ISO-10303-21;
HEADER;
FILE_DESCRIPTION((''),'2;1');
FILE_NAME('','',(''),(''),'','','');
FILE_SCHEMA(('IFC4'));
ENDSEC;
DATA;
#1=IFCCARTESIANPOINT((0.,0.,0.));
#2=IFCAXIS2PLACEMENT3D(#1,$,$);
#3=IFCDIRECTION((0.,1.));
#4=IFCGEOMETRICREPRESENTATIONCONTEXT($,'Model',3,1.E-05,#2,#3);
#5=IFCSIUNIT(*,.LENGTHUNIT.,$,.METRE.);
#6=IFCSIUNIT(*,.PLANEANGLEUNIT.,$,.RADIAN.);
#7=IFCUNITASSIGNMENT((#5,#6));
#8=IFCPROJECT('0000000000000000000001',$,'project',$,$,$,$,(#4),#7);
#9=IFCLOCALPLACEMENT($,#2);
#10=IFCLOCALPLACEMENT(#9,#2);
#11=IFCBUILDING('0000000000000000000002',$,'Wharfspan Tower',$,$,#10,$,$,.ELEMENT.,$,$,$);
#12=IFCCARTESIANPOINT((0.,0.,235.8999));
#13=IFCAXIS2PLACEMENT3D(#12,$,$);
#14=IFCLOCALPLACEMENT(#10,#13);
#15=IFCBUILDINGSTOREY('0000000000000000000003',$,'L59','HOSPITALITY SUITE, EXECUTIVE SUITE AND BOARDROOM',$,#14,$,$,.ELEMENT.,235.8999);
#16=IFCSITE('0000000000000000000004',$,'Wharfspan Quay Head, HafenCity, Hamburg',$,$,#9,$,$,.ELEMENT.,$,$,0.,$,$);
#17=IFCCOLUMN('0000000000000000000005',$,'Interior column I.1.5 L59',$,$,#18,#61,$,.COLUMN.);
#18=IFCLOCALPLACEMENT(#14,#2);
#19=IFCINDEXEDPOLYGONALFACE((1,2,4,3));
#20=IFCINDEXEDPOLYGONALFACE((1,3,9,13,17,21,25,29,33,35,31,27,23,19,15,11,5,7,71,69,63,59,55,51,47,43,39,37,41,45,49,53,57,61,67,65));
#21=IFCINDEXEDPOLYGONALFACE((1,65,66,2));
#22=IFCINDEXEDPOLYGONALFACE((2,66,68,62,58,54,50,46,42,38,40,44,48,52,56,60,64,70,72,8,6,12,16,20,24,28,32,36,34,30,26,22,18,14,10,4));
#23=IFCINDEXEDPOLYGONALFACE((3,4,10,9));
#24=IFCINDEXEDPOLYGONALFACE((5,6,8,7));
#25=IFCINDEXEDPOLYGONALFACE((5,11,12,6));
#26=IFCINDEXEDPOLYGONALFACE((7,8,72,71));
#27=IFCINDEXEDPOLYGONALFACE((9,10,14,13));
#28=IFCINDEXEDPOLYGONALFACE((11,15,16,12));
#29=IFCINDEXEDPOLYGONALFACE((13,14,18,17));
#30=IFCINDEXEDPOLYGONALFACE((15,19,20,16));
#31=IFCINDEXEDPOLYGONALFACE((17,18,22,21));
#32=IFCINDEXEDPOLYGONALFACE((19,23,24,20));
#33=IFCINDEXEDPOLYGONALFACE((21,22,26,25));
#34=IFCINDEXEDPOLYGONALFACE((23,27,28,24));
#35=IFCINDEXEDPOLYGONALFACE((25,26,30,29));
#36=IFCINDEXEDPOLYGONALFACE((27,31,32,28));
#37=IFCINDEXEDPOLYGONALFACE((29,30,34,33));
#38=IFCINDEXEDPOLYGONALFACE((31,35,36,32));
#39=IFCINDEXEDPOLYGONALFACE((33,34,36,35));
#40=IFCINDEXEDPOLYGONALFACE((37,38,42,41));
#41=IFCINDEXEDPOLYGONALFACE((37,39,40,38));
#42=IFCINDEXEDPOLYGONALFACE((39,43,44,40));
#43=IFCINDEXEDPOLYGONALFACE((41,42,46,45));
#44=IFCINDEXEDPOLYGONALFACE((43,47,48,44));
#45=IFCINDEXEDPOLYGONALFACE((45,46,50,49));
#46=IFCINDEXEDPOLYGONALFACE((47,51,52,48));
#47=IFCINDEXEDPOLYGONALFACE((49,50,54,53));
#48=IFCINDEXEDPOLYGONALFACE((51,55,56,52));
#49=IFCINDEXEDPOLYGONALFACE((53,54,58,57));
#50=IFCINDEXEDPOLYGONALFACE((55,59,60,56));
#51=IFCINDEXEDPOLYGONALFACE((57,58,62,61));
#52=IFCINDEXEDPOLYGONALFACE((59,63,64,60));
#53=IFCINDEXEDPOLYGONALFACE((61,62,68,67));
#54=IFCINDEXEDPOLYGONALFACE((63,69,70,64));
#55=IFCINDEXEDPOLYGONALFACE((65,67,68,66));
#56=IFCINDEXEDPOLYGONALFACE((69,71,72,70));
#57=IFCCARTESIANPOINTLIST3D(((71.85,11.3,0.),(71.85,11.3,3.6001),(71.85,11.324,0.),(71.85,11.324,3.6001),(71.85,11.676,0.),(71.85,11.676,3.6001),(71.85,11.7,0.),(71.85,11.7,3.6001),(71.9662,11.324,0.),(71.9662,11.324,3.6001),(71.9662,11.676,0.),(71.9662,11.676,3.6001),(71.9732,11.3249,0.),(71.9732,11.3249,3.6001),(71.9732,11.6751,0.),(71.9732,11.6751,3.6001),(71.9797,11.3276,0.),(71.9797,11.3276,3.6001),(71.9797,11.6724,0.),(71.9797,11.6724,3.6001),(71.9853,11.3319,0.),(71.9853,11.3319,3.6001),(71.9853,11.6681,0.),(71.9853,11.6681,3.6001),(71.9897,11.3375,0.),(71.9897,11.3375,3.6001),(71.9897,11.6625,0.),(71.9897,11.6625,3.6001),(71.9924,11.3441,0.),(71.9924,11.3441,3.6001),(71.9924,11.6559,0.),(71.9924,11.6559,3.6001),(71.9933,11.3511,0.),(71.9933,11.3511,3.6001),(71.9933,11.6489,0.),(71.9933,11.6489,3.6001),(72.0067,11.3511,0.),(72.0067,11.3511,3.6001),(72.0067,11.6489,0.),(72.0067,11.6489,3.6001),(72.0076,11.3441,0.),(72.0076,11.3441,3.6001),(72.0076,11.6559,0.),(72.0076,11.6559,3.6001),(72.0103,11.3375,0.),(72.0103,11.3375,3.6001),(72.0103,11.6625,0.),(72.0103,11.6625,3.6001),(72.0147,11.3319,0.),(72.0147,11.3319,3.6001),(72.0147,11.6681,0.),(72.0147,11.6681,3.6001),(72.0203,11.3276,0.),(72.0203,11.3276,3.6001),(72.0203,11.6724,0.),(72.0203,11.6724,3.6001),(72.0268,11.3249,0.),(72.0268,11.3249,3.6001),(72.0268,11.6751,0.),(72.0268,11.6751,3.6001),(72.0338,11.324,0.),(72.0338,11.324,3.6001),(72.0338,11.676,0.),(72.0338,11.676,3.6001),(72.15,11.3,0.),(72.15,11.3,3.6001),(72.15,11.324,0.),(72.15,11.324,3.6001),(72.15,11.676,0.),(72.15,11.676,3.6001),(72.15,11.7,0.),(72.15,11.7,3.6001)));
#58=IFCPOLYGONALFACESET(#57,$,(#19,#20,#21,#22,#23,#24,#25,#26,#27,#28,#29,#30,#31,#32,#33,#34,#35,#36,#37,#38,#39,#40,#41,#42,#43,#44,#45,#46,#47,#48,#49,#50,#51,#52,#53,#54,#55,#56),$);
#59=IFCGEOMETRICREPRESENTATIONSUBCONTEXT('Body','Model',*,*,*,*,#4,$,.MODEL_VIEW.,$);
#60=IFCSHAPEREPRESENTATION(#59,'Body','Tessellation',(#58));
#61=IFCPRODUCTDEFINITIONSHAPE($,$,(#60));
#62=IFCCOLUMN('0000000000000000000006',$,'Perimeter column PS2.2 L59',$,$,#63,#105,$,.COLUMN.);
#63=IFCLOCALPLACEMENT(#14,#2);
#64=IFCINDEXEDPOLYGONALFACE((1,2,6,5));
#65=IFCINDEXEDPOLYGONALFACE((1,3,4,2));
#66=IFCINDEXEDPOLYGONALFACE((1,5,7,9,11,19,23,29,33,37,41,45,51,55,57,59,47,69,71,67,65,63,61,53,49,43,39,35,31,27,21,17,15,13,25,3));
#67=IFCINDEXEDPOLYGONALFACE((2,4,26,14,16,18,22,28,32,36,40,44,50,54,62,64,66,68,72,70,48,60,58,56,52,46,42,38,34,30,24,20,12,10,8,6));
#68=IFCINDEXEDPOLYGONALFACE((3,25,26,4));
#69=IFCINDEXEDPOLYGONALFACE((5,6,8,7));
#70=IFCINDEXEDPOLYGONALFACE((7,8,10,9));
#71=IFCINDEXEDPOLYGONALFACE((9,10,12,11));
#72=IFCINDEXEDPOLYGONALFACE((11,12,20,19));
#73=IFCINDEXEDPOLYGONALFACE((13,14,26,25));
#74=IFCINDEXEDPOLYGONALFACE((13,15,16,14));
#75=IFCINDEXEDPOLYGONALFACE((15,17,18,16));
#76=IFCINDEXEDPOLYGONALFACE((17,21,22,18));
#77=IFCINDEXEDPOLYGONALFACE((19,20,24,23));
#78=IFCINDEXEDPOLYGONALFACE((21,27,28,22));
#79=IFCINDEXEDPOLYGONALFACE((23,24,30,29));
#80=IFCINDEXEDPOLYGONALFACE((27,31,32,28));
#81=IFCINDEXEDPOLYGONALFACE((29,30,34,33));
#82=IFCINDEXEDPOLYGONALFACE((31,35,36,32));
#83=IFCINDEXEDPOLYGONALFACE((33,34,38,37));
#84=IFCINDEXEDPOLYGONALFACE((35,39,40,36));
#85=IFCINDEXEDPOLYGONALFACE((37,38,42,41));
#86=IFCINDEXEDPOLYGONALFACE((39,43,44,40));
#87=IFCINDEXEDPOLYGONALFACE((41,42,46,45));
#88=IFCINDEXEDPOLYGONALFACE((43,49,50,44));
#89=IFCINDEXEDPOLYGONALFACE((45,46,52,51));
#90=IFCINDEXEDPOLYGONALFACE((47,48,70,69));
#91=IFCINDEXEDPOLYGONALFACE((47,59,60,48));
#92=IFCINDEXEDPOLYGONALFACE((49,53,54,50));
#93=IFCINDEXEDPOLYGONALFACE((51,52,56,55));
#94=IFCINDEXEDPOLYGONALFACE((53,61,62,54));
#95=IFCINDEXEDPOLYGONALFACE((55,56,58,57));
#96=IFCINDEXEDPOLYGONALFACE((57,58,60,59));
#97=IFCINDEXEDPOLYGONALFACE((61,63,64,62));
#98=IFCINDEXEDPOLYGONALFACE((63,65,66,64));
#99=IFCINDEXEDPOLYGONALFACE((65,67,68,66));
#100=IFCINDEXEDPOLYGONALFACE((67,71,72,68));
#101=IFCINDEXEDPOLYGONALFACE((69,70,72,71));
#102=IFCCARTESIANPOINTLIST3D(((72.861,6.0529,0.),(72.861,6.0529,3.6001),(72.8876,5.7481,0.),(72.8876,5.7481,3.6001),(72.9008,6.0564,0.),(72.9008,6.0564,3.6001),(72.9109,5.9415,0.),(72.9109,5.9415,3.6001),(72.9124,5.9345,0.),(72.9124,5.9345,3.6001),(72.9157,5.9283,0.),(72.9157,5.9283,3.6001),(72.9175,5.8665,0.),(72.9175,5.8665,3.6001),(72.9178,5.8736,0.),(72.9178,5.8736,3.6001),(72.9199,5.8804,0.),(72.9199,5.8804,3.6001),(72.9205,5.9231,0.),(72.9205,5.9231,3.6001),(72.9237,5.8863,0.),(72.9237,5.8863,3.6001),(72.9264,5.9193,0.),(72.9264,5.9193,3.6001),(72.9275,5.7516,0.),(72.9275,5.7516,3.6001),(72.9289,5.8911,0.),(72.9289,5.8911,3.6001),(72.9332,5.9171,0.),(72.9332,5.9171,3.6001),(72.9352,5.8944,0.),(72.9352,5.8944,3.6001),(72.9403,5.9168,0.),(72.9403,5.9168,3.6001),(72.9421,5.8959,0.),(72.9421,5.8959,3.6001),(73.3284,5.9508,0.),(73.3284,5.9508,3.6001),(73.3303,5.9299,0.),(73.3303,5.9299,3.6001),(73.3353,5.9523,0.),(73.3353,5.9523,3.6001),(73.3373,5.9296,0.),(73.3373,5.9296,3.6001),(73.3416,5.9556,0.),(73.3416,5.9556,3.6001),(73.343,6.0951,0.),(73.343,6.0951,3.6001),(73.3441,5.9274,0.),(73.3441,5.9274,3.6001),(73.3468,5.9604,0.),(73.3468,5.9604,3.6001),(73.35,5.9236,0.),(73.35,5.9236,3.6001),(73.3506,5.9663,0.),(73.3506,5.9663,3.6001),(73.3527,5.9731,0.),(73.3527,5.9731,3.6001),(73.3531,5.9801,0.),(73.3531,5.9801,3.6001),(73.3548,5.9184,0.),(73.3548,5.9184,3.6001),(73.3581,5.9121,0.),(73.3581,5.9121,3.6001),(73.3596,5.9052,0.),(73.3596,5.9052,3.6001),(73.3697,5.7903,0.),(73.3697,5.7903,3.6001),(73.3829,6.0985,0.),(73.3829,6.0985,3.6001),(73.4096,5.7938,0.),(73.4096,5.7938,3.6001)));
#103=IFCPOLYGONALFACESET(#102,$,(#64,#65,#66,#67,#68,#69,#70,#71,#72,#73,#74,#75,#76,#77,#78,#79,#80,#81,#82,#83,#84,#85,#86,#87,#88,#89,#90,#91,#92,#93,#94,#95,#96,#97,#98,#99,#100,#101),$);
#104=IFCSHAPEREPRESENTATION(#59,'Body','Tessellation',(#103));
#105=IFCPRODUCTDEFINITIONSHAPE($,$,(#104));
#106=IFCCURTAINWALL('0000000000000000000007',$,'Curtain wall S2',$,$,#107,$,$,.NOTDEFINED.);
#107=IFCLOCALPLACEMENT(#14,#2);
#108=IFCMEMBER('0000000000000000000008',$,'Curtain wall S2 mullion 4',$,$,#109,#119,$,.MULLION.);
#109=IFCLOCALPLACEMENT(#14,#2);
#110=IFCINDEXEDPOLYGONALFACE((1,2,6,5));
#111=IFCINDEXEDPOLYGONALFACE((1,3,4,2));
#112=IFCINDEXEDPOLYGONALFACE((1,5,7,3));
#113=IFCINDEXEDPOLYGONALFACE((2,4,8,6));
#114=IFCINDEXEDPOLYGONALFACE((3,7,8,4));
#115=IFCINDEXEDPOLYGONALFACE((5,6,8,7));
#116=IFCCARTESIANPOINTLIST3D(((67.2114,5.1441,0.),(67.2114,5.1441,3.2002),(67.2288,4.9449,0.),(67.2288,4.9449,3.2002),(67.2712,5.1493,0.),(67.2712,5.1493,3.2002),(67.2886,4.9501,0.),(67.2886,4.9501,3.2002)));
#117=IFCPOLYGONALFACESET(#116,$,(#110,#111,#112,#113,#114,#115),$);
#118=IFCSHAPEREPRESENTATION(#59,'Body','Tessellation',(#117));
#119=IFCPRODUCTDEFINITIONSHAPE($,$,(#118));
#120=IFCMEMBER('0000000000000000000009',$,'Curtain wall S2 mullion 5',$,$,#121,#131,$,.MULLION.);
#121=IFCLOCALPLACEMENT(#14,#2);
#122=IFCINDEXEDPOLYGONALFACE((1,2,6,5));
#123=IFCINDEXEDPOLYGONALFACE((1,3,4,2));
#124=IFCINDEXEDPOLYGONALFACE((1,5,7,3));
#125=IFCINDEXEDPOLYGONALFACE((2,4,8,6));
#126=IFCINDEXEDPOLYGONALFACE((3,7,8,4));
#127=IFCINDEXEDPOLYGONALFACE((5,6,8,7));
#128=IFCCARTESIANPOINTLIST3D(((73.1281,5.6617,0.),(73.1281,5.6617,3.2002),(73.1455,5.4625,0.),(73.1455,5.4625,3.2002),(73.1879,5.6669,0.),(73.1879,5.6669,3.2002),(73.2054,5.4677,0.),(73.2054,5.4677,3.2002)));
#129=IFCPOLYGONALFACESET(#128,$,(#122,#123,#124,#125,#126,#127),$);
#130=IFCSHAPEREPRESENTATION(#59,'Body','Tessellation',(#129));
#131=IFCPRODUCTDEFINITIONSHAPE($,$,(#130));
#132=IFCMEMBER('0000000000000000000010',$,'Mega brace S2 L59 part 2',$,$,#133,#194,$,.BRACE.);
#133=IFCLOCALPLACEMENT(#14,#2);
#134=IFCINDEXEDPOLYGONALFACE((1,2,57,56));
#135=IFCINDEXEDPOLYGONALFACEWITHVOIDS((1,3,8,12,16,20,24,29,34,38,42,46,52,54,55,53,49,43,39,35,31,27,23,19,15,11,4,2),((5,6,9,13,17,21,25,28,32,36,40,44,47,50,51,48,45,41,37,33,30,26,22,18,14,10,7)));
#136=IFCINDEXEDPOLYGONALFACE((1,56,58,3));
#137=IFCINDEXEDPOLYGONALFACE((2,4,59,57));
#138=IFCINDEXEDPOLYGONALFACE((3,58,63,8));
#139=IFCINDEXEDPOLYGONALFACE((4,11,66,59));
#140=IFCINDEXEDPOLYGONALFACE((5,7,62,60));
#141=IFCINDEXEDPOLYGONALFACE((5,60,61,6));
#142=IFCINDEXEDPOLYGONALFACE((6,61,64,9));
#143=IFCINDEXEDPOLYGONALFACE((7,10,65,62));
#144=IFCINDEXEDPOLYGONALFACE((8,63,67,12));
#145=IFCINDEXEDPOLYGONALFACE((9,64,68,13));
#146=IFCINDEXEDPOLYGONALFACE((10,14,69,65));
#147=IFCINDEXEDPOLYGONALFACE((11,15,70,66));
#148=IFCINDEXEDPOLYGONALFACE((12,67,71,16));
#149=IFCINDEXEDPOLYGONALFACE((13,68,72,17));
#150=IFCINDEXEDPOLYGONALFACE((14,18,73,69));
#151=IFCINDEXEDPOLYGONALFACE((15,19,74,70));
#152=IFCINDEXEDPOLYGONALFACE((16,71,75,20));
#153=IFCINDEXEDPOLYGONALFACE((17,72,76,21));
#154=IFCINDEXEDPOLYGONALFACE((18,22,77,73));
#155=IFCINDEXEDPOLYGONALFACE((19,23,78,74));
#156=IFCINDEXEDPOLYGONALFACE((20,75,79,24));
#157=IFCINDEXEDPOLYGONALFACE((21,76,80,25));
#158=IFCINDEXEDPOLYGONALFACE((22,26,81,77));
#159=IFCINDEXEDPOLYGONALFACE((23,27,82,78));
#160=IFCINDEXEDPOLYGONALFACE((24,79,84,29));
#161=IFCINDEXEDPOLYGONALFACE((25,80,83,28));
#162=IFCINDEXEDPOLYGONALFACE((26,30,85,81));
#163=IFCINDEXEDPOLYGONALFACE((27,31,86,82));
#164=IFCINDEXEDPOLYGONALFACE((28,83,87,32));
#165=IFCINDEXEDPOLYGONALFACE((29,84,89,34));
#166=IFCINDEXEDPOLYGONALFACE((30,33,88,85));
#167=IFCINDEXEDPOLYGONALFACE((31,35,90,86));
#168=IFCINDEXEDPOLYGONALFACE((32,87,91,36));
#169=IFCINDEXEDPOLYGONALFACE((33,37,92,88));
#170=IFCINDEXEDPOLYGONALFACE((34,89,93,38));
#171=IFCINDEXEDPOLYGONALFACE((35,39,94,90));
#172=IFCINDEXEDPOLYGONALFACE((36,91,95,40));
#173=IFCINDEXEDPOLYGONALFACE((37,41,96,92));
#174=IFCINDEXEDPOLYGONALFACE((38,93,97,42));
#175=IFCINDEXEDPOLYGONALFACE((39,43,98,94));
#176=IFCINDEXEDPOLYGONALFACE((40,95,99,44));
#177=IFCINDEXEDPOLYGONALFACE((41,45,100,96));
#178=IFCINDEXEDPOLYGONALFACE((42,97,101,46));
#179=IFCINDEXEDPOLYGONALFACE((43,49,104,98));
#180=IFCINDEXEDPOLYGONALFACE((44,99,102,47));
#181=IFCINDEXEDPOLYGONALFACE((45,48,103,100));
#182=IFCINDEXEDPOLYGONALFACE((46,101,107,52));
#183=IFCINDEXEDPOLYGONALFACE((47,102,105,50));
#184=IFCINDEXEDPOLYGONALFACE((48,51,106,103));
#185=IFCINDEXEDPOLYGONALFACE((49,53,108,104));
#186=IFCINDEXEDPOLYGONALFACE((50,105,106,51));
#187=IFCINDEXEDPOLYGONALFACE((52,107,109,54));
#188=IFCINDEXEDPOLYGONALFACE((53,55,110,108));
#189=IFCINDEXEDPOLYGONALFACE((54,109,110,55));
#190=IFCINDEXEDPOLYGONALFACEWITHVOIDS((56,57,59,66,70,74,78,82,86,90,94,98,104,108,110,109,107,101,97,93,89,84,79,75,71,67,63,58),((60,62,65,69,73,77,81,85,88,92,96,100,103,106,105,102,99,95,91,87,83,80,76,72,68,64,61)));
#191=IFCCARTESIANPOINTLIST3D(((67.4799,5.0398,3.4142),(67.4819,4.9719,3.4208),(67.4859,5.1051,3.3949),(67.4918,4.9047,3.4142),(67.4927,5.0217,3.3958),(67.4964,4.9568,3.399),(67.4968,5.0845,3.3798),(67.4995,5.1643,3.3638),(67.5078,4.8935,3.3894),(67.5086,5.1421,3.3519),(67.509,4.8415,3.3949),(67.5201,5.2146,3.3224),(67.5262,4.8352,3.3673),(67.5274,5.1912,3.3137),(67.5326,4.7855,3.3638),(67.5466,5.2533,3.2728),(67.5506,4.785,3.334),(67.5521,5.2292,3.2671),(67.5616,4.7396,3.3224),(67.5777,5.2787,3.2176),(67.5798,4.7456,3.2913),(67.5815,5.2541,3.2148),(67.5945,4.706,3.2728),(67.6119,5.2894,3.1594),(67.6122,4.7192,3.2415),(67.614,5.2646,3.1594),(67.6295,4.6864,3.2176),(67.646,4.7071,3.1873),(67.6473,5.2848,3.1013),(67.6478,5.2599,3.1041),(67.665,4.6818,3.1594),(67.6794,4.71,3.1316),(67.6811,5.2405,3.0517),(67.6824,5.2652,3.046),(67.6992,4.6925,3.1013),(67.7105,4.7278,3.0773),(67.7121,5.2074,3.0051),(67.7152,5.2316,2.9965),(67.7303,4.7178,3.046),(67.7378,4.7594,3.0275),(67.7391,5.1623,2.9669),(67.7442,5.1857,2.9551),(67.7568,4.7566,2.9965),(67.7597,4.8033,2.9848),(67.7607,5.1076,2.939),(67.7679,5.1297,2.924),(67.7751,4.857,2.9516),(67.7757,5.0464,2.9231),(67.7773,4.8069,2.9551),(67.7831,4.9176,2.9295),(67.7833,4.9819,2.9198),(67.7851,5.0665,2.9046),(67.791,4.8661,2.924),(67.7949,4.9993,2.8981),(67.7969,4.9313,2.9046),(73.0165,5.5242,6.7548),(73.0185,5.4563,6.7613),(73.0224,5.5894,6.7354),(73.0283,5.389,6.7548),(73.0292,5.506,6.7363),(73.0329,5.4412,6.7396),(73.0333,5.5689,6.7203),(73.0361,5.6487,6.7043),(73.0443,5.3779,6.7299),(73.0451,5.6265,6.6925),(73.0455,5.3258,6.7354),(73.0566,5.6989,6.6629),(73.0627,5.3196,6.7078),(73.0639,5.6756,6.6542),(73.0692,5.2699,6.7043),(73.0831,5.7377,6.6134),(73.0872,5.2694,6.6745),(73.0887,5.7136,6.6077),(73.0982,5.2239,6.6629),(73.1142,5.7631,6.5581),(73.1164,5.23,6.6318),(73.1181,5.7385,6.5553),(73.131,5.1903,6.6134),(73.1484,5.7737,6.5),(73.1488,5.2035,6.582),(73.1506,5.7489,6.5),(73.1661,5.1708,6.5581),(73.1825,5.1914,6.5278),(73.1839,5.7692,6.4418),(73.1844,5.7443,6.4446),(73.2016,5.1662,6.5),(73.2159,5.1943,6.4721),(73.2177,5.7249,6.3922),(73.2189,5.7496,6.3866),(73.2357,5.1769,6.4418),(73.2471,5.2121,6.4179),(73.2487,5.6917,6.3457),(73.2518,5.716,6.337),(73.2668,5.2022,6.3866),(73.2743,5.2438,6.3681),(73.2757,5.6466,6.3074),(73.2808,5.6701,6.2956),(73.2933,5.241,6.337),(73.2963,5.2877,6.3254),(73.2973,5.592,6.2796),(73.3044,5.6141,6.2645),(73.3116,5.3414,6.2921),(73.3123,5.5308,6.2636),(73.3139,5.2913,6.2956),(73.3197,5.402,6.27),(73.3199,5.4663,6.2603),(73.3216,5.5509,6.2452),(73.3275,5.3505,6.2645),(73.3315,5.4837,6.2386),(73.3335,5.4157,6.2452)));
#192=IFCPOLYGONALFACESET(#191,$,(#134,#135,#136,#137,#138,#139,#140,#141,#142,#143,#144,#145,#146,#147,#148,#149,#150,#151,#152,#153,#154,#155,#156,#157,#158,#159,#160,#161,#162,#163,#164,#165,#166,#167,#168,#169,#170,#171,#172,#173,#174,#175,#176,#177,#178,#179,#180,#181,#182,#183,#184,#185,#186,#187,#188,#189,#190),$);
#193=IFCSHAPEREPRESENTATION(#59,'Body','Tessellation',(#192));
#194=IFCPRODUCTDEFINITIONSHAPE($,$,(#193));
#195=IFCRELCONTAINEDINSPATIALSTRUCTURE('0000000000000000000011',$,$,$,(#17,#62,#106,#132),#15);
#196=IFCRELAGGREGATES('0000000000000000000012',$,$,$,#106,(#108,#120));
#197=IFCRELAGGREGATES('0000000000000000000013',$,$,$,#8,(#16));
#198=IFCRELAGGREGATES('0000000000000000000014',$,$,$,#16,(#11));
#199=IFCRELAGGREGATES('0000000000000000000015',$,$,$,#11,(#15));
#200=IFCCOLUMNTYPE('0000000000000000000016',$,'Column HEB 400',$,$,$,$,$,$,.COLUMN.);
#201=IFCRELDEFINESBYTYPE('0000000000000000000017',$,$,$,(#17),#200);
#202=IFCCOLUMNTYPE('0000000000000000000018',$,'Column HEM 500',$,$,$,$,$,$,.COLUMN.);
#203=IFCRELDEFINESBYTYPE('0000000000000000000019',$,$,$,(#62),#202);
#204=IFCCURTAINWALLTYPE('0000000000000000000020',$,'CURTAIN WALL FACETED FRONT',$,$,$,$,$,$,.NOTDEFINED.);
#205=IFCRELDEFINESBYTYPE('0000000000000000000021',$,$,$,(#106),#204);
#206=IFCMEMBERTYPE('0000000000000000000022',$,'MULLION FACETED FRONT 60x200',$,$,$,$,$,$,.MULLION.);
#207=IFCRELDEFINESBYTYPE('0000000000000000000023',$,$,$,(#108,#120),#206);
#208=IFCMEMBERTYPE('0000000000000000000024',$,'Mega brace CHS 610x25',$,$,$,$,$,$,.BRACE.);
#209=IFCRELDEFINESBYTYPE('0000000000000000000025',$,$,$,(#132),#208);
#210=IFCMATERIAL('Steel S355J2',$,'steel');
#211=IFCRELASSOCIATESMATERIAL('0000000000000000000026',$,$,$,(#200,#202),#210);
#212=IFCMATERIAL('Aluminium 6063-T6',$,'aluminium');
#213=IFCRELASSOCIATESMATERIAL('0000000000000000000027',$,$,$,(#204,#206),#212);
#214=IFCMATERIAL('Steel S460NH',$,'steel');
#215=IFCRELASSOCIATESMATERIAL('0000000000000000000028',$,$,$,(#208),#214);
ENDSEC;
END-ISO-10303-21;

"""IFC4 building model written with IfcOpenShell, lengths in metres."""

from ifc_helpers import new_model, si_unit, direction, frame, origin, origin_2d, place, context, subcontext, project, spatial, rectangle, hollow_circle, i_section, extrude, material, material_profile, profile_set, type_object, element, aggregate, save


model = new_model("IFC4")

# Units and contexts
model_context = context("Model", 3, precision=1e-05, world=origin(), true_north=direction((0.0, 1.0)))
body_context = subcontext(model_context, "Body", "Model", "MODEL_VIEW")
ifc_project = project(units=[si_unit("LENGTHUNIT", "METRE"), si_unit("PLANEANGLEUNIT", "RADIAN")], contexts=[model_context])

# Site, building, storey
site_placement = place(None, origin())
site = spatial("IfcSite", under=ifc_project, at=site_placement, Name="Wharfspan Quay Head, HafenCity, Hamburg", CompositionType="ELEMENT", RefElevation=0.0)
building_placement = place(site_placement, origin())
building = spatial("IfcBuilding", under=site, at=building_placement, Name="Wharfspan Tower", CompositionType="ELEMENT")
storey_placement = place(building_placement, frame((0.0, 0.0, 235.8999)))
storey = spatial("IfcBuildingStorey", under=building, at=storey_placement, Name="L59", Description="HOSPITALITY SUITE, EXECUTIVE SUITE AND BOARDROOM", CompositionType="ELEMENT", Elevation=235.8999)

# Columns
ifc_material_1 = material(Name="Steel S355J2", Category="steel")
ifc_material_profile_1 = material_profile(ifc_material_1, i_section(OverallWidth=0.3, OverallDepth=0.3999, WebThickness=0.0134, FlangeThickness=0.0239, FilletRadius=0.0271, at=origin_2d()))
ifc_profile_set_1 = profile_set([ifc_material_profile_1], Name="Steel S355J2")
column_type_1 = type_object("IfcColumnType", Name="Column HEB 400", PredefinedType="COLUMN", material=ifc_profile_set_1)
column_1_placement = place(storey_placement, frame((72.0, 11.5, 0.0), z_axis=(0.0, 0.0, 1.0), x_axis=(1.0, 0.0, 0.0)))
element("IfcColumn", 1, at=column_1_placement, inside=storey, type_object=column_type_1, Name="Interior column I.1.5 L59", PredefinedType="COLUMN", context=body_context, shape_type="SweptSolid", body=[
    extrude(i_section(OverallWidth=0.3, OverallDepth=0.3999, WebThickness=0.0134, FlangeThickness=0.0239, FilletRadius=0.0271, at=origin_2d()), origin(), (0.0, 0.0, 1.0), 3.6001),
])
ifc_material_profile_2 = material_profile(ifc_material_1, i_section(OverallWidth=0.3059, OverallDepth=0.5239, WebThickness=0.021, FlangeThickness=0.04, FilletRadius=0.0271, at=origin_2d()))
ifc_profile_set_2 = profile_set([ifc_material_profile_2], Name="Steel S355J2")
column_type_2 = type_object("IfcColumnType", Name="Column HEM 500", PredefinedType="COLUMN", material=ifc_profile_set_2)
column_2_placement = place(storey_placement, frame((73.1353, 5.9233, 0.0), z_axis=(0.0, 0.0, 1.0), x_axis=(0.087156, -0.996197, 0.0)))
element("IfcColumn", 2, at=column_2_placement, inside=storey, type_object=column_type_2, Name="Perimeter column PS2.2 L59", PredefinedType="COLUMN", context=body_context, shape_type="SweptSolid", body=[
    extrude(i_section(OverallWidth=0.3059, OverallDepth=0.5239, WebThickness=0.021, FlangeThickness=0.04, FilletRadius=0.0271, at=origin_2d()), origin(), (0.0, 0.0, 1.0), 3.6001),
])

# Curtain wall, members
ifc_material_2 = material(Name="Aluminium 6063-T6", Category="aluminium")
curtain_wall_type = type_object("IfcCurtainWallType", Name="CURTAIN WALL FACETED FRONT", PredefinedType="NOTDEFINED", material=ifc_material_2)
curtain_wall_placement = place(storey_placement, origin())
curtain_wall = element("IfcCurtainWall", 3, at=curtain_wall_placement, inside=storey, type_object=curtain_wall_type, Name="Curtain wall S2", PredefinedType="NOTDEFINED")
ifc_material_profile_3 = material_profile(ifc_material_2, rectangle(XDim=0.2, YDim=0.0601, at=origin_2d()))
ifc_profile_set_3 = profile_set([ifc_material_profile_3], Name="Aluminium 6063-T6")
member_type_1 = type_object("IfcMemberType", Name="MULLION FACETED FRONT 60x200", PredefinedType="MULLION", material=ifc_profile_set_3)
member_1_placement = place(storey_placement, frame((67.25, 5.0471, 0.0), z_axis=(0.0, 0.0, 1.0), x_axis=(-0.087156, 0.996197, 0.0)))
member_1 = element("IfcMember", 4, at=member_1_placement, type_object=member_type_1, Name="Curtain wall S2 mullion 4", PredefinedType="MULLION", context=body_context, shape_type="SweptSolid", body=[
    extrude(rectangle(XDim=0.2, YDim=0.0601, at=origin_2d()), origin(), (0.0, 0.0, 1.0), 3.2002),
])
member_2_placement = place(storey_placement, frame((73.1667, 5.5647, 0.0), z_axis=(0.0, 0.0, 1.0), x_axis=(-0.087156, 0.996197, 0.0)))
member_2 = element("IfcMember", 5, at=member_2_placement, type_object=member_type_1, Name="Curtain wall S2 mullion 5", PredefinedType="MULLION", context=body_context, shape_type="SweptSolid", body=[
    extrude(rectangle(XDim=0.2, YDim=0.0601, at=origin_2d()), origin(), (0.0, 0.0, 1.0), 3.2002),
])

# Member
ifc_material_3 = material(Name="Steel S460NH", Category="steel")
ifc_material_profile_4 = material_profile(ifc_material_3, hollow_circle(Radius=0.3049, WallThickness=0.0249, at=origin_2d()))
ifc_profile_set_4 = profile_set([ifc_material_profile_4], Name="Steel S460NH")
member_type_2 = type_object("IfcMemberType", Name="Mega brace CHS 610x25", PredefinedType="BRACE", material=ifc_profile_set_4)
for number, where, z_axis, x_axis, name in (
    (6, (67.6384, 4.9856, 3.1594), (0.853829, 0.074698, 0.515166), (-0.087155, 0.996197, 0.000003), "Mega brace S2 L59 part 2"),
):
    element("IfcMember", number, at=place(storey_placement, frame(where, z_axis=z_axis, x_axis=x_axis)), inside=storey, type_object=member_type_2, Name=name, PredefinedType="BRACE", context=body_context, shape_type="SweptSolid", body=[
        extrude(hollow_circle(Radius=0.3049, WallThickness=0.0249, at=origin_2d()), origin(), (0.0, 0.0, 1.0), 6.4844),
    ])

aggregate(curtain_wall, [member_1, member_2])

save(model, "model.ifc")
